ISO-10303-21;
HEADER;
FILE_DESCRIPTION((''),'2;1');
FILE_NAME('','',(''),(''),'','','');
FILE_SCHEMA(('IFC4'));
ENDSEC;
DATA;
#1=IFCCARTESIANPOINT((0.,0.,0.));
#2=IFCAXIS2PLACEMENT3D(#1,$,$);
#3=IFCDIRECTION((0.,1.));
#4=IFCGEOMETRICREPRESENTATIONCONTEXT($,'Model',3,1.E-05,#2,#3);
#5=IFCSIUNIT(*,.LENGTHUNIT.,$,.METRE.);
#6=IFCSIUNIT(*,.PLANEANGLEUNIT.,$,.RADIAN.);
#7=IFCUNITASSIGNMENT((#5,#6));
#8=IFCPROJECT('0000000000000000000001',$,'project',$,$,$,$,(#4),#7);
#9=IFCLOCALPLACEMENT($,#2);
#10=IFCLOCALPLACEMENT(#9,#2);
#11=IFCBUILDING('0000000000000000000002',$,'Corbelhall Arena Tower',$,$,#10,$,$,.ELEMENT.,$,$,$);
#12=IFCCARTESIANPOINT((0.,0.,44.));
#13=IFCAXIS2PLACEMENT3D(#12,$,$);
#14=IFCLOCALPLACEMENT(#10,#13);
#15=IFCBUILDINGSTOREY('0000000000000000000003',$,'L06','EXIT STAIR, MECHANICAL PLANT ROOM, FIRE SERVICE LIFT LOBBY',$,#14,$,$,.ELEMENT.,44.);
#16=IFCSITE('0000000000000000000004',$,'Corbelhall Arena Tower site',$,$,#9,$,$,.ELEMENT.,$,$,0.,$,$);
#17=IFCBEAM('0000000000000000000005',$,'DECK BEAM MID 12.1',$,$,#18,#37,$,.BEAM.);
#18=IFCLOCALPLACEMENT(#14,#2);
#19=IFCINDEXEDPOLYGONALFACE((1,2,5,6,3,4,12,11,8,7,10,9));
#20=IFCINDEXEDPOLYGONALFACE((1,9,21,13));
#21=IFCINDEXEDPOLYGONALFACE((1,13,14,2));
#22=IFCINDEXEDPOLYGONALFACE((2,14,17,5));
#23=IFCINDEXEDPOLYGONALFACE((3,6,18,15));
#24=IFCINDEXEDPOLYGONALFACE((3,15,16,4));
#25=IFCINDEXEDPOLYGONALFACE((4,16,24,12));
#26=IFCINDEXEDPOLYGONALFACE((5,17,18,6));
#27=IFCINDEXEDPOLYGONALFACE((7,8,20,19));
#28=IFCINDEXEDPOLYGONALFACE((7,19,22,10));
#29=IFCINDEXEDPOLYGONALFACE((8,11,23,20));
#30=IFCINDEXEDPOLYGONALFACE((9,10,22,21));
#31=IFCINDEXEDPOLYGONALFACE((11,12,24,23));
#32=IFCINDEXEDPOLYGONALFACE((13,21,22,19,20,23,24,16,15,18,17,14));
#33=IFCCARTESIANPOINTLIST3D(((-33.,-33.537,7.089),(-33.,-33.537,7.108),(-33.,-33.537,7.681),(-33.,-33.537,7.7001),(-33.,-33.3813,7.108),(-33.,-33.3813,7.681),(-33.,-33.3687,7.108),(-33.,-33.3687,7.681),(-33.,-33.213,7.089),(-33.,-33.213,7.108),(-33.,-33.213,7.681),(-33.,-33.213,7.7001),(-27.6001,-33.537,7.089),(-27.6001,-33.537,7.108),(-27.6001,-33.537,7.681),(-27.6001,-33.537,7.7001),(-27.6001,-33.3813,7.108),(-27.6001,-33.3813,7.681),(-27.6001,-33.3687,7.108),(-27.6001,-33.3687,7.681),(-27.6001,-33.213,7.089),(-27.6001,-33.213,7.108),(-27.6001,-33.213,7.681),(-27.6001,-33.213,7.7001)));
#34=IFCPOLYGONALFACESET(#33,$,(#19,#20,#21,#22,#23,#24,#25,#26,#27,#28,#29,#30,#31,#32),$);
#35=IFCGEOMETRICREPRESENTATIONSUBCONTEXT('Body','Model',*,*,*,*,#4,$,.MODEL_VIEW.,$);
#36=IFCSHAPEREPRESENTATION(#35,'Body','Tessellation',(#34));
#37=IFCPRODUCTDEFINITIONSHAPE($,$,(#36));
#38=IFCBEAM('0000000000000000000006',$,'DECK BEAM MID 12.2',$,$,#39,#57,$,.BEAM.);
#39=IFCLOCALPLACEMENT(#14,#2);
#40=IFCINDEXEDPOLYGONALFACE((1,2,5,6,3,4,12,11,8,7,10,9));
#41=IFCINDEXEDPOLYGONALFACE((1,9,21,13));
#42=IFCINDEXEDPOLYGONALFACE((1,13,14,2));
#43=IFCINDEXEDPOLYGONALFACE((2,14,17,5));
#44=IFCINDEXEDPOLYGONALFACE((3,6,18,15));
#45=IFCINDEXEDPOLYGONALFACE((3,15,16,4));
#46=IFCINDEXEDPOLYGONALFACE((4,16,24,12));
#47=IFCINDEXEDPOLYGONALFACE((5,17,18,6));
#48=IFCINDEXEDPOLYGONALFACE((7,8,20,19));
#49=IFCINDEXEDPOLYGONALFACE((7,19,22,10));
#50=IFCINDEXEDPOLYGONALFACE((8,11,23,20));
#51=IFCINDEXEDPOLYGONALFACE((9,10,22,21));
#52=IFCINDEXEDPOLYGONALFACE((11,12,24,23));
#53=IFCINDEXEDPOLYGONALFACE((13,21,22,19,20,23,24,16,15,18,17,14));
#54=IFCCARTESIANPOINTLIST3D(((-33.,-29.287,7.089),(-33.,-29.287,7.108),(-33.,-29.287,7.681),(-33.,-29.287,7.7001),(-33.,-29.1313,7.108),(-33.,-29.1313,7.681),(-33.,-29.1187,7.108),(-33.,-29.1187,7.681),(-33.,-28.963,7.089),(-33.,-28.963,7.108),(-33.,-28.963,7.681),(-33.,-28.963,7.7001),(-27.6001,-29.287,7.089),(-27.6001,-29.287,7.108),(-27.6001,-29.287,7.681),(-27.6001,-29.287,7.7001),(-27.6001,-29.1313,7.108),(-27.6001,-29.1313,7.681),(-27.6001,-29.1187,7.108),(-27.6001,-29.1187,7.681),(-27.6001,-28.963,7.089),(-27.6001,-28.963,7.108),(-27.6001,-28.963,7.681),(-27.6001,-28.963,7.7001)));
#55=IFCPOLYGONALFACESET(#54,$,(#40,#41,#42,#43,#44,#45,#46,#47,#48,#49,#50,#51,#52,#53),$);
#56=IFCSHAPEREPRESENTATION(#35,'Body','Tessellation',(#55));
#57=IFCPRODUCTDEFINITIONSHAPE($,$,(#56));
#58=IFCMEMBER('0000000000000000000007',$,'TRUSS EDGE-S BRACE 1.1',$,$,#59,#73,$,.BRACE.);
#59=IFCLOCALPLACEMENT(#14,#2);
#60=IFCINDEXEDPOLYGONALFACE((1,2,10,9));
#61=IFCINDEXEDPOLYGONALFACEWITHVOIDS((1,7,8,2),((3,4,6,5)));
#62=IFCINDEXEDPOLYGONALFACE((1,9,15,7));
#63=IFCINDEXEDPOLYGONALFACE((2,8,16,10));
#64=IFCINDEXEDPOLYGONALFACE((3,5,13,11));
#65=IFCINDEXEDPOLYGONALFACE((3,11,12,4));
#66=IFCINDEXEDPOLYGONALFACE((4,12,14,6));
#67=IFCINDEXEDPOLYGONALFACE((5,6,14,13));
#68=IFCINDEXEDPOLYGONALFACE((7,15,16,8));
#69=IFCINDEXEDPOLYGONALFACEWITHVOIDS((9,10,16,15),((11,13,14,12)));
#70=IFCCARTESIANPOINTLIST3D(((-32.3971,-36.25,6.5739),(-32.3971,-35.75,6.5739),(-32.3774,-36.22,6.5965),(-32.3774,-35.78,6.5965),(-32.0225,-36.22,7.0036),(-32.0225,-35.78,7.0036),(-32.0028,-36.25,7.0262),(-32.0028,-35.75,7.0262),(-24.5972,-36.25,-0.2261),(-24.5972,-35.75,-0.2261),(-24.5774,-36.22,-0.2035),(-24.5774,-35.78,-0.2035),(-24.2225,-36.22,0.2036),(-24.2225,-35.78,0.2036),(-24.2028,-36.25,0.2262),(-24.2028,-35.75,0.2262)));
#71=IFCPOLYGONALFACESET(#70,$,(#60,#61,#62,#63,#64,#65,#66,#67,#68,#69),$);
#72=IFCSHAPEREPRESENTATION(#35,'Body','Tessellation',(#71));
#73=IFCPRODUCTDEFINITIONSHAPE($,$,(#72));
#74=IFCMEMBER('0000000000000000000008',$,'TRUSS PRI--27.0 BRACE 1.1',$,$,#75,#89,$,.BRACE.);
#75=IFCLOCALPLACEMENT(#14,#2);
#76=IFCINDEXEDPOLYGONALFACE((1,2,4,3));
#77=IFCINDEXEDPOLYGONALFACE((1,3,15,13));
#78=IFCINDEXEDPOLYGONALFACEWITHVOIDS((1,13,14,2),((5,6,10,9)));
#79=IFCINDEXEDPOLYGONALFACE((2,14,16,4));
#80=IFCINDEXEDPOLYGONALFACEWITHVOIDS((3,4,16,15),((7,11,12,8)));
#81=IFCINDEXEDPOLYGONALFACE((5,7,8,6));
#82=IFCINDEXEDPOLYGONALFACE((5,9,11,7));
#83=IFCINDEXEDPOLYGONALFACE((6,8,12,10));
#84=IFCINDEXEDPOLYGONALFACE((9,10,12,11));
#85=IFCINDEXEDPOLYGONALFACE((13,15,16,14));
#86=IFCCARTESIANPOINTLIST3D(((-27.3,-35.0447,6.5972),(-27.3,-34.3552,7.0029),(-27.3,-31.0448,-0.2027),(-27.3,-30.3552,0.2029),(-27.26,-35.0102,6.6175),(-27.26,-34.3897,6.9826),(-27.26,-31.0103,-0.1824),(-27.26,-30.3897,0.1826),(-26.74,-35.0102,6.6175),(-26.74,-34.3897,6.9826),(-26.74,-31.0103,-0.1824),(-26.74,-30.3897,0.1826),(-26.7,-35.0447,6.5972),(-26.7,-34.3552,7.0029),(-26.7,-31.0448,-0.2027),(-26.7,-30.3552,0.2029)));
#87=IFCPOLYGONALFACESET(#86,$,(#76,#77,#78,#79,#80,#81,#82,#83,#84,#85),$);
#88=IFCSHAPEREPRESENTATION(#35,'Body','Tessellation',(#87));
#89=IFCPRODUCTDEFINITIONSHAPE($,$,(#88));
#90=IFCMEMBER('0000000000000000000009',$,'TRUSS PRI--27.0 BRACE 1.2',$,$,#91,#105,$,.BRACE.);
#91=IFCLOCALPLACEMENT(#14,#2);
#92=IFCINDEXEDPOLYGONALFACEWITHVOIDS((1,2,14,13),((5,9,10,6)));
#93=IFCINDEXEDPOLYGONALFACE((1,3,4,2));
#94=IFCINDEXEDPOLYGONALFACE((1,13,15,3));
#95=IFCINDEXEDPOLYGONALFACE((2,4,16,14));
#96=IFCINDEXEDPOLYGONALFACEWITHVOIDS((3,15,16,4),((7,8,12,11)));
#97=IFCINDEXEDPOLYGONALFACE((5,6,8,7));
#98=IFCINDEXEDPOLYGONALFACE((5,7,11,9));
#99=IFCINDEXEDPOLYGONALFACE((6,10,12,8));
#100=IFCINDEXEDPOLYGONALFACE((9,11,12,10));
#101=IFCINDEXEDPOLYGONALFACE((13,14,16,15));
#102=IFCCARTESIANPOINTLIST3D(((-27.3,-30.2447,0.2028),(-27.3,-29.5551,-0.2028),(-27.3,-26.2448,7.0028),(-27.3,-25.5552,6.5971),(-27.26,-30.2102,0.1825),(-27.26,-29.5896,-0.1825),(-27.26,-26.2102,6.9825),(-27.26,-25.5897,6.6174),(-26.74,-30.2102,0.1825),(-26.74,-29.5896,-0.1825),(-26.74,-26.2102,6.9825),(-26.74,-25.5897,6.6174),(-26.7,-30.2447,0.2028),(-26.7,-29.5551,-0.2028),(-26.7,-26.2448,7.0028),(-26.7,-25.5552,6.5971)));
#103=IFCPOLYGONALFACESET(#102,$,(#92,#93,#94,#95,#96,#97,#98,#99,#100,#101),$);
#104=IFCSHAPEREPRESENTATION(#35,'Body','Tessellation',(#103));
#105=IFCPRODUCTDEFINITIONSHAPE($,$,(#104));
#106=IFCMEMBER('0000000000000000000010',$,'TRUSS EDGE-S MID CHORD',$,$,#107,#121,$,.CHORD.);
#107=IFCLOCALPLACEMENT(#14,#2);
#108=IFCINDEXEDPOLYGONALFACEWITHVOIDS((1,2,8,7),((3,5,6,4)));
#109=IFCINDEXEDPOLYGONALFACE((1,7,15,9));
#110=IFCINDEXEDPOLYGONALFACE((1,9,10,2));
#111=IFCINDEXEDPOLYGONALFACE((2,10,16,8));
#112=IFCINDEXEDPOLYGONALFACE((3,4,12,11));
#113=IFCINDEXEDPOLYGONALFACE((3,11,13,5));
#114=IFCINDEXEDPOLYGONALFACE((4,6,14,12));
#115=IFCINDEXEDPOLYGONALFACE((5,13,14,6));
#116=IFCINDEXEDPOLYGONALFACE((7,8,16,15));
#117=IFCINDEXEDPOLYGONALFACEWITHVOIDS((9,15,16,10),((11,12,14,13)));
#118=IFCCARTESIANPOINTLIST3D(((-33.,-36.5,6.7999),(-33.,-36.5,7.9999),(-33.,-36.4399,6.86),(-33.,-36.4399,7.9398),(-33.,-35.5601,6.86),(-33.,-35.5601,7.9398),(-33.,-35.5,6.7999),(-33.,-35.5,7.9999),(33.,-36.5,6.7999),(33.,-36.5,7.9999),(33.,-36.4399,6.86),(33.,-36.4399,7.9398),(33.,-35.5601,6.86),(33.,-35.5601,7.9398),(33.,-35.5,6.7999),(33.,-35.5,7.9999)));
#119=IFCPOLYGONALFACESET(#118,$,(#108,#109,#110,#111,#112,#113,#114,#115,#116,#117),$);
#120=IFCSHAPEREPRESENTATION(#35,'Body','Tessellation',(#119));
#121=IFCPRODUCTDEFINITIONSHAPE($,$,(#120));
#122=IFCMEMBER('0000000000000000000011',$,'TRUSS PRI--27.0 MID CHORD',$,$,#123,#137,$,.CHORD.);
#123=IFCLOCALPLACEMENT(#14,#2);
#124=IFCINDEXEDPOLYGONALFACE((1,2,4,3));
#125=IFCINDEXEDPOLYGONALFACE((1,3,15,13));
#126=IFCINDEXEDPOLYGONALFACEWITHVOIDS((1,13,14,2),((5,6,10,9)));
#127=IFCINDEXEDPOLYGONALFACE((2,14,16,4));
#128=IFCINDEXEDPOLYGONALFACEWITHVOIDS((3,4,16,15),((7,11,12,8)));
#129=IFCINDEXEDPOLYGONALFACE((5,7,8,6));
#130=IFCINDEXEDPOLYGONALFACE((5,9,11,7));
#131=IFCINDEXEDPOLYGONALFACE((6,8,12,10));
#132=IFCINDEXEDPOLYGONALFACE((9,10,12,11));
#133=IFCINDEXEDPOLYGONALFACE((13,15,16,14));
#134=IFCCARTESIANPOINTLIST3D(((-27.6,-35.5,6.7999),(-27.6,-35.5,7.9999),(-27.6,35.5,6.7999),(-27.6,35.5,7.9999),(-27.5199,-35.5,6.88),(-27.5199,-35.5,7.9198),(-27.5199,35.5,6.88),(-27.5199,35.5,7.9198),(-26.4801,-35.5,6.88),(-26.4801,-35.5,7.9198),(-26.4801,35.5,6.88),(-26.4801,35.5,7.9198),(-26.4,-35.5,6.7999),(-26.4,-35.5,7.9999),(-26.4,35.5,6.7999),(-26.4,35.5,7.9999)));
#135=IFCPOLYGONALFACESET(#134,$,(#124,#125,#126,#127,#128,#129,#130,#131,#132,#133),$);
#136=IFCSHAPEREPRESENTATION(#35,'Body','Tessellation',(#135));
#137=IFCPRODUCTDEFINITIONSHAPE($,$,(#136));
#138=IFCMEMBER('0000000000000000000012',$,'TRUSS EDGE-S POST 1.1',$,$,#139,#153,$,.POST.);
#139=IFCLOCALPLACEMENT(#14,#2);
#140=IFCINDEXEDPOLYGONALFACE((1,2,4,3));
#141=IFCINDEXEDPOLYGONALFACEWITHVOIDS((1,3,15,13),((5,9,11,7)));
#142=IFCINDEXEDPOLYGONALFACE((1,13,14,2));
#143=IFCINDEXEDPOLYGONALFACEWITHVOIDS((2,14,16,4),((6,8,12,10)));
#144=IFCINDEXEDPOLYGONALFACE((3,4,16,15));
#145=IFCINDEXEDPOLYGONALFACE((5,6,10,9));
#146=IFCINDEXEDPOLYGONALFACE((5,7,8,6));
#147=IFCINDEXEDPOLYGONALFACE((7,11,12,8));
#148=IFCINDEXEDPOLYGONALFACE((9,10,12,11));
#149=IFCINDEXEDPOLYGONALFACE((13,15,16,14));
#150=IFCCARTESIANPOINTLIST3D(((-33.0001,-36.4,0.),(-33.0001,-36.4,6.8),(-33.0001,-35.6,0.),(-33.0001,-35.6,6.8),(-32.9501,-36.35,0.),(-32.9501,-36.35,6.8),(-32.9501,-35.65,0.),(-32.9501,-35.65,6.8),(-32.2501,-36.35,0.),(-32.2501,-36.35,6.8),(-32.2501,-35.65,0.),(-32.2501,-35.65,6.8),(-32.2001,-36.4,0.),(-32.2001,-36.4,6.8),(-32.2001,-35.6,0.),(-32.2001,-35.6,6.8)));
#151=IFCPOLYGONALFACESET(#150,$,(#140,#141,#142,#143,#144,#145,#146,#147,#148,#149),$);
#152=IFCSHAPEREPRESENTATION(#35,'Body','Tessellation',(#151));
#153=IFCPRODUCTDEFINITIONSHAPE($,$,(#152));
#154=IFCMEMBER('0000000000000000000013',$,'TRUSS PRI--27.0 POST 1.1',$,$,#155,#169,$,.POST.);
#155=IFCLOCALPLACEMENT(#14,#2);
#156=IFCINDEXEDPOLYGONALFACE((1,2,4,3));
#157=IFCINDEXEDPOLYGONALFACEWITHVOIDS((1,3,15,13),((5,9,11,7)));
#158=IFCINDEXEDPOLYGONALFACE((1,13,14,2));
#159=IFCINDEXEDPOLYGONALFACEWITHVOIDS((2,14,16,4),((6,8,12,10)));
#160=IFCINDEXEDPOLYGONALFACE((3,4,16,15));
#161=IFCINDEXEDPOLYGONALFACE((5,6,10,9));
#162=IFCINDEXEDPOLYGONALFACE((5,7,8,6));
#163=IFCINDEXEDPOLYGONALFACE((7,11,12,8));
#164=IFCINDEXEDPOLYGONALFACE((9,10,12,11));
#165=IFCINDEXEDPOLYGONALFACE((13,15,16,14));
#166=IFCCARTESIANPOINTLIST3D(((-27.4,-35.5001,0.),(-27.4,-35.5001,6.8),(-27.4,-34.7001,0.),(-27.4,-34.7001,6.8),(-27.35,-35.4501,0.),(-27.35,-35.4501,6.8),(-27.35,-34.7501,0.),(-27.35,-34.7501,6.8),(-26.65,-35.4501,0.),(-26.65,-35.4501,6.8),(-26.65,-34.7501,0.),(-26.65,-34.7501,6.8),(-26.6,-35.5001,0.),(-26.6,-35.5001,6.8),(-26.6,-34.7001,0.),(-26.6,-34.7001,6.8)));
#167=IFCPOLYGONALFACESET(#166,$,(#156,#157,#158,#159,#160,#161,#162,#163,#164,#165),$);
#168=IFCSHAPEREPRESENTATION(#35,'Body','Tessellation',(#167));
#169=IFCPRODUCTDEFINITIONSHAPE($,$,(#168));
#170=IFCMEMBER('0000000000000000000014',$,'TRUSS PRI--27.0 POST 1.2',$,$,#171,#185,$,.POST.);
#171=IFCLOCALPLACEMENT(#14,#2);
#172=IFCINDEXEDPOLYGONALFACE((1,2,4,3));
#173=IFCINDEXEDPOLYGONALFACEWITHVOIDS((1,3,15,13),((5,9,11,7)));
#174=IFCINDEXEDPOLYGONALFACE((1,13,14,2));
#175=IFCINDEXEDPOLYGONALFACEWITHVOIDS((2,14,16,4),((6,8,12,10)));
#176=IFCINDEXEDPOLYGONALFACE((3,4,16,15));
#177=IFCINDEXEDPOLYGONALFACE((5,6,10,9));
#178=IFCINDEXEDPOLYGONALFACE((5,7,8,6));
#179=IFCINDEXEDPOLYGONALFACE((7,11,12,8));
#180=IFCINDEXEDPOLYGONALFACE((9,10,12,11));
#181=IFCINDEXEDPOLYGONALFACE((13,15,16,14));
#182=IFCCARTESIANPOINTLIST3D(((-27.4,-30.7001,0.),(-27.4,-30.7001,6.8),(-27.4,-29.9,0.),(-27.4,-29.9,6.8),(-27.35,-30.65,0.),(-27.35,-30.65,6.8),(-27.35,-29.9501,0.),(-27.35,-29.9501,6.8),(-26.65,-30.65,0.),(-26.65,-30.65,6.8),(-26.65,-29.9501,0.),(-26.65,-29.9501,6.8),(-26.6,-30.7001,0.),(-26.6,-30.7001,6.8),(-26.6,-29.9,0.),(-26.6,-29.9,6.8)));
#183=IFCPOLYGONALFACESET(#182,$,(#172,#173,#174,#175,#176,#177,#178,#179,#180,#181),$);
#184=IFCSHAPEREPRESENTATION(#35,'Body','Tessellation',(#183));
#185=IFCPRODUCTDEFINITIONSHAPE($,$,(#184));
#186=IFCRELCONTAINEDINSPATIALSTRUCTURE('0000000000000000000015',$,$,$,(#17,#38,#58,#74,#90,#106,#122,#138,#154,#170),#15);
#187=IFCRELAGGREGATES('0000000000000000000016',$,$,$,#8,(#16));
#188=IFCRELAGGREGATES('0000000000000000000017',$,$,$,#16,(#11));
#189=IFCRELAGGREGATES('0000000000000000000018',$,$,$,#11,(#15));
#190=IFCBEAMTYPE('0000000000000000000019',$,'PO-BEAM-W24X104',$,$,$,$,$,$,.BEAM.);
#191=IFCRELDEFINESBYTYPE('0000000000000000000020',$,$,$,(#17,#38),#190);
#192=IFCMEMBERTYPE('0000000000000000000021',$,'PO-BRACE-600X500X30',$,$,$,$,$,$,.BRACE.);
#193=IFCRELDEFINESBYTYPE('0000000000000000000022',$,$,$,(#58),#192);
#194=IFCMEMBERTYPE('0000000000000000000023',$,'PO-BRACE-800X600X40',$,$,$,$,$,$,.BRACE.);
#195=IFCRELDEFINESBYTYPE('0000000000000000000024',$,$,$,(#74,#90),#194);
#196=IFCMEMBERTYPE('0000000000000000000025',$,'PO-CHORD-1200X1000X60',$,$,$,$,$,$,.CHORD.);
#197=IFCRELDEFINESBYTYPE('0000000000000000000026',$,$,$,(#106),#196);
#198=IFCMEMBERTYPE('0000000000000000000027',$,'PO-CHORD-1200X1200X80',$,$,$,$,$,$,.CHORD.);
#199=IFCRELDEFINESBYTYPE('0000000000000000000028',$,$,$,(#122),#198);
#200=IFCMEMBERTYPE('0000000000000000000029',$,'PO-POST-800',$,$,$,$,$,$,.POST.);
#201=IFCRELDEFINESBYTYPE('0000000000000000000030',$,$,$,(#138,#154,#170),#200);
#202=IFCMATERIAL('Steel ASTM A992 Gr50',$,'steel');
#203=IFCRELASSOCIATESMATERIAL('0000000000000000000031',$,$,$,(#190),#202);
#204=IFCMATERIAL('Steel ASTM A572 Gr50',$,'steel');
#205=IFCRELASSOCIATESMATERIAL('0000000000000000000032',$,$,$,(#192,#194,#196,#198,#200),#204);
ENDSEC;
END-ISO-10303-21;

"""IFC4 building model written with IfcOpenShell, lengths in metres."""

from ifc_helpers import new_model, si_unit, direction, frame, origin, origin_2d, place, context, subcontext, project, spatial, hollow_rectangle, i_section, extrude, material, material_profile, profile_set, type_object, element, save


model = new_model("IFC4")

# Units and contexts
model_context = context("Model", 3, precision=1e-05, world=origin(), true_north=direction((0.0, 1.0)))
body_context = subcontext(model_context, "Body", "Model", "MODEL_VIEW")
ifc_project = project(units=[si_unit("LENGTHUNIT", "METRE"), si_unit("PLANEANGLEUNIT", "RADIAN")], contexts=[model_context])

# Site, building, storey
site_placement = place(None, origin())
site = spatial("IfcSite", under=ifc_project, at=site_placement, Name="Corbelhall Arena Tower site", CompositionType="ELEMENT", RefElevation=0.0)
building_placement = place(site_placement, origin())
building = spatial("IfcBuilding", under=site, at=building_placement, Name="Corbelhall Arena Tower", CompositionType="ELEMENT")
storey_placement = place(building_placement, frame((0.0, 0.0, 44.0)))
storey = spatial("IfcBuildingStorey", under=building, at=storey_placement, Name="L06", Description="EXIT STAIR, MECHANICAL PLANT ROOM, FIRE SERVICE LIFT LOBBY", CompositionType="ELEMENT", Elevation=44.0)

# Beams
ifc_material_1 = material(Name="Steel ASTM A992 Gr50", Category="steel")
ifc_material_profile_1 = material_profile(ifc_material_1, i_section(OverallWidth=0.324, OverallDepth=0.6111, WebThickness=0.0127, FlangeThickness=0.019, at=origin_2d()))
ifc_profile_set_1 = profile_set([ifc_material_profile_1], Name="Steel ASTM A992 Gr50")
beam_type = type_object("IfcBeamType", Name="PO-BEAM-W24X104", PredefinedType="BEAM", material=ifc_profile_set_1)
for number, where, z_axis, x_axis, name in (
    (1, (-33.0, -33.375, 7.3945), (1.0, 0.0, 0.0), (0.0, 1.0, 0.0), "DECK BEAM MID 12.1"),
    (2, (-33.0, -29.125, 7.3945), (1.0, 0.0, 0.0), (0.0, 1.0, 0.0), "DECK BEAM MID 12.2"),
):
    element("IfcBeam", number, at=place(storey_placement, frame(where, z_axis=z_axis, x_axis=x_axis)), inside=storey, type_object=beam_type, Name=name, PredefinedType="BEAM", context=body_context, shape_type="SweptSolid", body=[
        extrude(i_section(OverallWidth=0.324, OverallDepth=0.6111, WebThickness=0.0127, FlangeThickness=0.019, at=origin_2d()), origin(), (0.0, 0.0, 1.0), 5.3999),
    ])

# Members
ifc_material_2 = material(Name="Steel ASTM A572 Gr50", Category="steel")
ifc_material_profile_2 = material_profile(ifc_material_2, hollow_rectangle(XDim=0.5, YDim=0.6001, WallThickness=0.03, at=origin_2d()))
ifc_profile_set_2 = profile_set([ifc_material_profile_2], Name="Steel ASTM A572 Gr50")
member_type_1 = type_object("IfcMemberType", Name="PO-BRACE-600X500X30", PredefinedType="BRACE", material=ifc_profile_set_2)
member_1_placement = place(storey_placement, frame((-32.2, -36.0, 6.8), z_axis=(0.753772, 0.0, -0.657136), x_axis=(0.0, 1.0, 0.0)))
element("IfcMember", 3, at=member_1_placement, inside=storey, type_object=member_type_1, Name="TRUSS EDGE-S BRACE 1.1", PredefinedType="BRACE", context=body_context, shape_type="SweptSolid", body=[
    extrude(hollow_rectangle(XDim=0.5, YDim=0.6001, WallThickness=0.03, at=origin_2d()), origin(), (0.0, 0.0, 1.0), 10.3479),
])
ifc_material_profile_3 = material_profile(ifc_material_2, hollow_rectangle(XDim=0.6001, YDim=0.8, WallThickness=0.04, at=origin_2d()))
ifc_profile_set_3 = profile_set([ifc_material_profile_3], Name="Steel ASTM A572 Gr50")
member_type_2 = type_object("IfcMemberType", Name="PO-BRACE-800X600X40", PredefinedType="BRACE", material=ifc_profile_set_3)
for number, where, z_axis, x_axis, name in (
    (4, (-27.0, -34.7, 6.8), (0.0, 0.507017, -0.861936), (-1.0, 0.0, 0.0), "TRUSS PRI--27.0 BRACE 1.1"),
    (5, (-27.0, -29.8999, 0.0), (0.0, 0.507017, 0.861936), (-1.0, 0.0, 0.0), "TRUSS PRI--27.0 BRACE 1.2"),
):
    element("IfcMember", number, at=place(storey_placement, frame(where, z_axis=z_axis, x_axis=x_axis)), inside=storey, type_object=member_type_2, Name=name, PredefinedType="BRACE", context=body_context, shape_type="SweptSolid", body=[
        extrude(hollow_rectangle(XDim=0.6001, YDim=0.8, WallThickness=0.04, at=origin_2d()), origin(), (0.0, 0.0, 1.0), 7.8892),
    ])
ifc_material_profile_4 = material_profile(ifc_material_2, hollow_rectangle(XDim=1.0, YDim=1.2, WallThickness=0.0601, at=origin_2d()))
ifc_profile_set_4 = profile_set([ifc_material_profile_4], Name="Steel ASTM A572 Gr50")
member_type_3 = type_object("IfcMemberType", Name="PO-CHORD-1200X1000X60", PredefinedType="CHORD", material=ifc_profile_set_4)
member_2_placement = place(storey_placement, frame((-33.0, -36.0, 7.3999), z_axis=(1.0, 0.0, 0.0), x_axis=(0.0, 1.0, 0.0)))
element("IfcMember", 6, at=member_2_placement, inside=storey, type_object=member_type_3, Name="TRUSS EDGE-S MID CHORD", PredefinedType="CHORD", context=body_context, shape_type="SweptSolid", body=[
    extrude(hollow_rectangle(XDim=1.0, YDim=1.2, WallThickness=0.0601, at=origin_2d()), origin(), (0.0, 0.0, 1.0), 66.0),
])
ifc_material_profile_5 = material_profile(ifc_material_2, hollow_rectangle(XDim=1.2, YDim=1.2, WallThickness=0.0801, at=origin_2d()))
ifc_profile_set_5 = profile_set([ifc_material_profile_5], Name="Steel ASTM A572 Gr50")
member_type_4 = type_object("IfcMemberType", Name="PO-CHORD-1200X1200X80", PredefinedType="CHORD", material=ifc_profile_set_5)
member_3_placement = place(storey_placement, frame((-27.0, -35.5, 7.3999), z_axis=(0.0, 1.0, 0.0), x_axis=(-1.0, 0.0, 0.0)))
element("IfcMember", 7, at=member_3_placement, inside=storey, type_object=member_type_4, Name="TRUSS PRI--27.0 MID CHORD", PredefinedType="CHORD", context=body_context, shape_type="SweptSolid", body=[
    extrude(hollow_rectangle(XDim=1.2, YDim=1.2, WallThickness=0.0801, at=origin_2d()), origin(), (0.0, 0.0, 1.0), 71.0),
])
ifc_material_profile_6 = material_profile(ifc_material_2, hollow_rectangle(XDim=0.8, YDim=0.8, WallThickness=0.05, at=origin_2d()))
ifc_profile_set_6 = profile_set([ifc_material_profile_6], Name="Steel ASTM A572 Gr50")
member_type_5 = type_object("IfcMemberType", Name="PO-POST-800", PredefinedType="POST", material=ifc_profile_set_6)
for number, where, z_axis, x_axis, name in (
    (8, (-32.6001, -36.0, 0.0), (0.0, 0.0, 1.0), (1.0, 0.0, 0.0), "TRUSS EDGE-S POST 1.1"),
    (9, (-27.0, -35.1001, 0.0), (0.0, 0.0, 1.0), (1.0, 0.0, 0.0), "TRUSS PRI--27.0 POST 1.1"),
    (10, (-27.0, -30.3, 0.0), (0.0, 0.0, 1.0), (1.0, 0.0, 0.0), "TRUSS PRI--27.0 POST 1.2"),
):
    element("IfcMember", number, at=place(storey_placement, frame(where, z_axis=z_axis, x_axis=x_axis)), inside=storey, type_object=member_type_5, Name=name, PredefinedType="POST", context=body_context, shape_type="SweptSolid", body=[
        extrude(hollow_rectangle(XDim=0.8, YDim=0.8, WallThickness=0.05, at=origin_2d()), origin(), (0.0, 0.0, 1.0), 6.8),
    ])

save(model, "model.ifc")
